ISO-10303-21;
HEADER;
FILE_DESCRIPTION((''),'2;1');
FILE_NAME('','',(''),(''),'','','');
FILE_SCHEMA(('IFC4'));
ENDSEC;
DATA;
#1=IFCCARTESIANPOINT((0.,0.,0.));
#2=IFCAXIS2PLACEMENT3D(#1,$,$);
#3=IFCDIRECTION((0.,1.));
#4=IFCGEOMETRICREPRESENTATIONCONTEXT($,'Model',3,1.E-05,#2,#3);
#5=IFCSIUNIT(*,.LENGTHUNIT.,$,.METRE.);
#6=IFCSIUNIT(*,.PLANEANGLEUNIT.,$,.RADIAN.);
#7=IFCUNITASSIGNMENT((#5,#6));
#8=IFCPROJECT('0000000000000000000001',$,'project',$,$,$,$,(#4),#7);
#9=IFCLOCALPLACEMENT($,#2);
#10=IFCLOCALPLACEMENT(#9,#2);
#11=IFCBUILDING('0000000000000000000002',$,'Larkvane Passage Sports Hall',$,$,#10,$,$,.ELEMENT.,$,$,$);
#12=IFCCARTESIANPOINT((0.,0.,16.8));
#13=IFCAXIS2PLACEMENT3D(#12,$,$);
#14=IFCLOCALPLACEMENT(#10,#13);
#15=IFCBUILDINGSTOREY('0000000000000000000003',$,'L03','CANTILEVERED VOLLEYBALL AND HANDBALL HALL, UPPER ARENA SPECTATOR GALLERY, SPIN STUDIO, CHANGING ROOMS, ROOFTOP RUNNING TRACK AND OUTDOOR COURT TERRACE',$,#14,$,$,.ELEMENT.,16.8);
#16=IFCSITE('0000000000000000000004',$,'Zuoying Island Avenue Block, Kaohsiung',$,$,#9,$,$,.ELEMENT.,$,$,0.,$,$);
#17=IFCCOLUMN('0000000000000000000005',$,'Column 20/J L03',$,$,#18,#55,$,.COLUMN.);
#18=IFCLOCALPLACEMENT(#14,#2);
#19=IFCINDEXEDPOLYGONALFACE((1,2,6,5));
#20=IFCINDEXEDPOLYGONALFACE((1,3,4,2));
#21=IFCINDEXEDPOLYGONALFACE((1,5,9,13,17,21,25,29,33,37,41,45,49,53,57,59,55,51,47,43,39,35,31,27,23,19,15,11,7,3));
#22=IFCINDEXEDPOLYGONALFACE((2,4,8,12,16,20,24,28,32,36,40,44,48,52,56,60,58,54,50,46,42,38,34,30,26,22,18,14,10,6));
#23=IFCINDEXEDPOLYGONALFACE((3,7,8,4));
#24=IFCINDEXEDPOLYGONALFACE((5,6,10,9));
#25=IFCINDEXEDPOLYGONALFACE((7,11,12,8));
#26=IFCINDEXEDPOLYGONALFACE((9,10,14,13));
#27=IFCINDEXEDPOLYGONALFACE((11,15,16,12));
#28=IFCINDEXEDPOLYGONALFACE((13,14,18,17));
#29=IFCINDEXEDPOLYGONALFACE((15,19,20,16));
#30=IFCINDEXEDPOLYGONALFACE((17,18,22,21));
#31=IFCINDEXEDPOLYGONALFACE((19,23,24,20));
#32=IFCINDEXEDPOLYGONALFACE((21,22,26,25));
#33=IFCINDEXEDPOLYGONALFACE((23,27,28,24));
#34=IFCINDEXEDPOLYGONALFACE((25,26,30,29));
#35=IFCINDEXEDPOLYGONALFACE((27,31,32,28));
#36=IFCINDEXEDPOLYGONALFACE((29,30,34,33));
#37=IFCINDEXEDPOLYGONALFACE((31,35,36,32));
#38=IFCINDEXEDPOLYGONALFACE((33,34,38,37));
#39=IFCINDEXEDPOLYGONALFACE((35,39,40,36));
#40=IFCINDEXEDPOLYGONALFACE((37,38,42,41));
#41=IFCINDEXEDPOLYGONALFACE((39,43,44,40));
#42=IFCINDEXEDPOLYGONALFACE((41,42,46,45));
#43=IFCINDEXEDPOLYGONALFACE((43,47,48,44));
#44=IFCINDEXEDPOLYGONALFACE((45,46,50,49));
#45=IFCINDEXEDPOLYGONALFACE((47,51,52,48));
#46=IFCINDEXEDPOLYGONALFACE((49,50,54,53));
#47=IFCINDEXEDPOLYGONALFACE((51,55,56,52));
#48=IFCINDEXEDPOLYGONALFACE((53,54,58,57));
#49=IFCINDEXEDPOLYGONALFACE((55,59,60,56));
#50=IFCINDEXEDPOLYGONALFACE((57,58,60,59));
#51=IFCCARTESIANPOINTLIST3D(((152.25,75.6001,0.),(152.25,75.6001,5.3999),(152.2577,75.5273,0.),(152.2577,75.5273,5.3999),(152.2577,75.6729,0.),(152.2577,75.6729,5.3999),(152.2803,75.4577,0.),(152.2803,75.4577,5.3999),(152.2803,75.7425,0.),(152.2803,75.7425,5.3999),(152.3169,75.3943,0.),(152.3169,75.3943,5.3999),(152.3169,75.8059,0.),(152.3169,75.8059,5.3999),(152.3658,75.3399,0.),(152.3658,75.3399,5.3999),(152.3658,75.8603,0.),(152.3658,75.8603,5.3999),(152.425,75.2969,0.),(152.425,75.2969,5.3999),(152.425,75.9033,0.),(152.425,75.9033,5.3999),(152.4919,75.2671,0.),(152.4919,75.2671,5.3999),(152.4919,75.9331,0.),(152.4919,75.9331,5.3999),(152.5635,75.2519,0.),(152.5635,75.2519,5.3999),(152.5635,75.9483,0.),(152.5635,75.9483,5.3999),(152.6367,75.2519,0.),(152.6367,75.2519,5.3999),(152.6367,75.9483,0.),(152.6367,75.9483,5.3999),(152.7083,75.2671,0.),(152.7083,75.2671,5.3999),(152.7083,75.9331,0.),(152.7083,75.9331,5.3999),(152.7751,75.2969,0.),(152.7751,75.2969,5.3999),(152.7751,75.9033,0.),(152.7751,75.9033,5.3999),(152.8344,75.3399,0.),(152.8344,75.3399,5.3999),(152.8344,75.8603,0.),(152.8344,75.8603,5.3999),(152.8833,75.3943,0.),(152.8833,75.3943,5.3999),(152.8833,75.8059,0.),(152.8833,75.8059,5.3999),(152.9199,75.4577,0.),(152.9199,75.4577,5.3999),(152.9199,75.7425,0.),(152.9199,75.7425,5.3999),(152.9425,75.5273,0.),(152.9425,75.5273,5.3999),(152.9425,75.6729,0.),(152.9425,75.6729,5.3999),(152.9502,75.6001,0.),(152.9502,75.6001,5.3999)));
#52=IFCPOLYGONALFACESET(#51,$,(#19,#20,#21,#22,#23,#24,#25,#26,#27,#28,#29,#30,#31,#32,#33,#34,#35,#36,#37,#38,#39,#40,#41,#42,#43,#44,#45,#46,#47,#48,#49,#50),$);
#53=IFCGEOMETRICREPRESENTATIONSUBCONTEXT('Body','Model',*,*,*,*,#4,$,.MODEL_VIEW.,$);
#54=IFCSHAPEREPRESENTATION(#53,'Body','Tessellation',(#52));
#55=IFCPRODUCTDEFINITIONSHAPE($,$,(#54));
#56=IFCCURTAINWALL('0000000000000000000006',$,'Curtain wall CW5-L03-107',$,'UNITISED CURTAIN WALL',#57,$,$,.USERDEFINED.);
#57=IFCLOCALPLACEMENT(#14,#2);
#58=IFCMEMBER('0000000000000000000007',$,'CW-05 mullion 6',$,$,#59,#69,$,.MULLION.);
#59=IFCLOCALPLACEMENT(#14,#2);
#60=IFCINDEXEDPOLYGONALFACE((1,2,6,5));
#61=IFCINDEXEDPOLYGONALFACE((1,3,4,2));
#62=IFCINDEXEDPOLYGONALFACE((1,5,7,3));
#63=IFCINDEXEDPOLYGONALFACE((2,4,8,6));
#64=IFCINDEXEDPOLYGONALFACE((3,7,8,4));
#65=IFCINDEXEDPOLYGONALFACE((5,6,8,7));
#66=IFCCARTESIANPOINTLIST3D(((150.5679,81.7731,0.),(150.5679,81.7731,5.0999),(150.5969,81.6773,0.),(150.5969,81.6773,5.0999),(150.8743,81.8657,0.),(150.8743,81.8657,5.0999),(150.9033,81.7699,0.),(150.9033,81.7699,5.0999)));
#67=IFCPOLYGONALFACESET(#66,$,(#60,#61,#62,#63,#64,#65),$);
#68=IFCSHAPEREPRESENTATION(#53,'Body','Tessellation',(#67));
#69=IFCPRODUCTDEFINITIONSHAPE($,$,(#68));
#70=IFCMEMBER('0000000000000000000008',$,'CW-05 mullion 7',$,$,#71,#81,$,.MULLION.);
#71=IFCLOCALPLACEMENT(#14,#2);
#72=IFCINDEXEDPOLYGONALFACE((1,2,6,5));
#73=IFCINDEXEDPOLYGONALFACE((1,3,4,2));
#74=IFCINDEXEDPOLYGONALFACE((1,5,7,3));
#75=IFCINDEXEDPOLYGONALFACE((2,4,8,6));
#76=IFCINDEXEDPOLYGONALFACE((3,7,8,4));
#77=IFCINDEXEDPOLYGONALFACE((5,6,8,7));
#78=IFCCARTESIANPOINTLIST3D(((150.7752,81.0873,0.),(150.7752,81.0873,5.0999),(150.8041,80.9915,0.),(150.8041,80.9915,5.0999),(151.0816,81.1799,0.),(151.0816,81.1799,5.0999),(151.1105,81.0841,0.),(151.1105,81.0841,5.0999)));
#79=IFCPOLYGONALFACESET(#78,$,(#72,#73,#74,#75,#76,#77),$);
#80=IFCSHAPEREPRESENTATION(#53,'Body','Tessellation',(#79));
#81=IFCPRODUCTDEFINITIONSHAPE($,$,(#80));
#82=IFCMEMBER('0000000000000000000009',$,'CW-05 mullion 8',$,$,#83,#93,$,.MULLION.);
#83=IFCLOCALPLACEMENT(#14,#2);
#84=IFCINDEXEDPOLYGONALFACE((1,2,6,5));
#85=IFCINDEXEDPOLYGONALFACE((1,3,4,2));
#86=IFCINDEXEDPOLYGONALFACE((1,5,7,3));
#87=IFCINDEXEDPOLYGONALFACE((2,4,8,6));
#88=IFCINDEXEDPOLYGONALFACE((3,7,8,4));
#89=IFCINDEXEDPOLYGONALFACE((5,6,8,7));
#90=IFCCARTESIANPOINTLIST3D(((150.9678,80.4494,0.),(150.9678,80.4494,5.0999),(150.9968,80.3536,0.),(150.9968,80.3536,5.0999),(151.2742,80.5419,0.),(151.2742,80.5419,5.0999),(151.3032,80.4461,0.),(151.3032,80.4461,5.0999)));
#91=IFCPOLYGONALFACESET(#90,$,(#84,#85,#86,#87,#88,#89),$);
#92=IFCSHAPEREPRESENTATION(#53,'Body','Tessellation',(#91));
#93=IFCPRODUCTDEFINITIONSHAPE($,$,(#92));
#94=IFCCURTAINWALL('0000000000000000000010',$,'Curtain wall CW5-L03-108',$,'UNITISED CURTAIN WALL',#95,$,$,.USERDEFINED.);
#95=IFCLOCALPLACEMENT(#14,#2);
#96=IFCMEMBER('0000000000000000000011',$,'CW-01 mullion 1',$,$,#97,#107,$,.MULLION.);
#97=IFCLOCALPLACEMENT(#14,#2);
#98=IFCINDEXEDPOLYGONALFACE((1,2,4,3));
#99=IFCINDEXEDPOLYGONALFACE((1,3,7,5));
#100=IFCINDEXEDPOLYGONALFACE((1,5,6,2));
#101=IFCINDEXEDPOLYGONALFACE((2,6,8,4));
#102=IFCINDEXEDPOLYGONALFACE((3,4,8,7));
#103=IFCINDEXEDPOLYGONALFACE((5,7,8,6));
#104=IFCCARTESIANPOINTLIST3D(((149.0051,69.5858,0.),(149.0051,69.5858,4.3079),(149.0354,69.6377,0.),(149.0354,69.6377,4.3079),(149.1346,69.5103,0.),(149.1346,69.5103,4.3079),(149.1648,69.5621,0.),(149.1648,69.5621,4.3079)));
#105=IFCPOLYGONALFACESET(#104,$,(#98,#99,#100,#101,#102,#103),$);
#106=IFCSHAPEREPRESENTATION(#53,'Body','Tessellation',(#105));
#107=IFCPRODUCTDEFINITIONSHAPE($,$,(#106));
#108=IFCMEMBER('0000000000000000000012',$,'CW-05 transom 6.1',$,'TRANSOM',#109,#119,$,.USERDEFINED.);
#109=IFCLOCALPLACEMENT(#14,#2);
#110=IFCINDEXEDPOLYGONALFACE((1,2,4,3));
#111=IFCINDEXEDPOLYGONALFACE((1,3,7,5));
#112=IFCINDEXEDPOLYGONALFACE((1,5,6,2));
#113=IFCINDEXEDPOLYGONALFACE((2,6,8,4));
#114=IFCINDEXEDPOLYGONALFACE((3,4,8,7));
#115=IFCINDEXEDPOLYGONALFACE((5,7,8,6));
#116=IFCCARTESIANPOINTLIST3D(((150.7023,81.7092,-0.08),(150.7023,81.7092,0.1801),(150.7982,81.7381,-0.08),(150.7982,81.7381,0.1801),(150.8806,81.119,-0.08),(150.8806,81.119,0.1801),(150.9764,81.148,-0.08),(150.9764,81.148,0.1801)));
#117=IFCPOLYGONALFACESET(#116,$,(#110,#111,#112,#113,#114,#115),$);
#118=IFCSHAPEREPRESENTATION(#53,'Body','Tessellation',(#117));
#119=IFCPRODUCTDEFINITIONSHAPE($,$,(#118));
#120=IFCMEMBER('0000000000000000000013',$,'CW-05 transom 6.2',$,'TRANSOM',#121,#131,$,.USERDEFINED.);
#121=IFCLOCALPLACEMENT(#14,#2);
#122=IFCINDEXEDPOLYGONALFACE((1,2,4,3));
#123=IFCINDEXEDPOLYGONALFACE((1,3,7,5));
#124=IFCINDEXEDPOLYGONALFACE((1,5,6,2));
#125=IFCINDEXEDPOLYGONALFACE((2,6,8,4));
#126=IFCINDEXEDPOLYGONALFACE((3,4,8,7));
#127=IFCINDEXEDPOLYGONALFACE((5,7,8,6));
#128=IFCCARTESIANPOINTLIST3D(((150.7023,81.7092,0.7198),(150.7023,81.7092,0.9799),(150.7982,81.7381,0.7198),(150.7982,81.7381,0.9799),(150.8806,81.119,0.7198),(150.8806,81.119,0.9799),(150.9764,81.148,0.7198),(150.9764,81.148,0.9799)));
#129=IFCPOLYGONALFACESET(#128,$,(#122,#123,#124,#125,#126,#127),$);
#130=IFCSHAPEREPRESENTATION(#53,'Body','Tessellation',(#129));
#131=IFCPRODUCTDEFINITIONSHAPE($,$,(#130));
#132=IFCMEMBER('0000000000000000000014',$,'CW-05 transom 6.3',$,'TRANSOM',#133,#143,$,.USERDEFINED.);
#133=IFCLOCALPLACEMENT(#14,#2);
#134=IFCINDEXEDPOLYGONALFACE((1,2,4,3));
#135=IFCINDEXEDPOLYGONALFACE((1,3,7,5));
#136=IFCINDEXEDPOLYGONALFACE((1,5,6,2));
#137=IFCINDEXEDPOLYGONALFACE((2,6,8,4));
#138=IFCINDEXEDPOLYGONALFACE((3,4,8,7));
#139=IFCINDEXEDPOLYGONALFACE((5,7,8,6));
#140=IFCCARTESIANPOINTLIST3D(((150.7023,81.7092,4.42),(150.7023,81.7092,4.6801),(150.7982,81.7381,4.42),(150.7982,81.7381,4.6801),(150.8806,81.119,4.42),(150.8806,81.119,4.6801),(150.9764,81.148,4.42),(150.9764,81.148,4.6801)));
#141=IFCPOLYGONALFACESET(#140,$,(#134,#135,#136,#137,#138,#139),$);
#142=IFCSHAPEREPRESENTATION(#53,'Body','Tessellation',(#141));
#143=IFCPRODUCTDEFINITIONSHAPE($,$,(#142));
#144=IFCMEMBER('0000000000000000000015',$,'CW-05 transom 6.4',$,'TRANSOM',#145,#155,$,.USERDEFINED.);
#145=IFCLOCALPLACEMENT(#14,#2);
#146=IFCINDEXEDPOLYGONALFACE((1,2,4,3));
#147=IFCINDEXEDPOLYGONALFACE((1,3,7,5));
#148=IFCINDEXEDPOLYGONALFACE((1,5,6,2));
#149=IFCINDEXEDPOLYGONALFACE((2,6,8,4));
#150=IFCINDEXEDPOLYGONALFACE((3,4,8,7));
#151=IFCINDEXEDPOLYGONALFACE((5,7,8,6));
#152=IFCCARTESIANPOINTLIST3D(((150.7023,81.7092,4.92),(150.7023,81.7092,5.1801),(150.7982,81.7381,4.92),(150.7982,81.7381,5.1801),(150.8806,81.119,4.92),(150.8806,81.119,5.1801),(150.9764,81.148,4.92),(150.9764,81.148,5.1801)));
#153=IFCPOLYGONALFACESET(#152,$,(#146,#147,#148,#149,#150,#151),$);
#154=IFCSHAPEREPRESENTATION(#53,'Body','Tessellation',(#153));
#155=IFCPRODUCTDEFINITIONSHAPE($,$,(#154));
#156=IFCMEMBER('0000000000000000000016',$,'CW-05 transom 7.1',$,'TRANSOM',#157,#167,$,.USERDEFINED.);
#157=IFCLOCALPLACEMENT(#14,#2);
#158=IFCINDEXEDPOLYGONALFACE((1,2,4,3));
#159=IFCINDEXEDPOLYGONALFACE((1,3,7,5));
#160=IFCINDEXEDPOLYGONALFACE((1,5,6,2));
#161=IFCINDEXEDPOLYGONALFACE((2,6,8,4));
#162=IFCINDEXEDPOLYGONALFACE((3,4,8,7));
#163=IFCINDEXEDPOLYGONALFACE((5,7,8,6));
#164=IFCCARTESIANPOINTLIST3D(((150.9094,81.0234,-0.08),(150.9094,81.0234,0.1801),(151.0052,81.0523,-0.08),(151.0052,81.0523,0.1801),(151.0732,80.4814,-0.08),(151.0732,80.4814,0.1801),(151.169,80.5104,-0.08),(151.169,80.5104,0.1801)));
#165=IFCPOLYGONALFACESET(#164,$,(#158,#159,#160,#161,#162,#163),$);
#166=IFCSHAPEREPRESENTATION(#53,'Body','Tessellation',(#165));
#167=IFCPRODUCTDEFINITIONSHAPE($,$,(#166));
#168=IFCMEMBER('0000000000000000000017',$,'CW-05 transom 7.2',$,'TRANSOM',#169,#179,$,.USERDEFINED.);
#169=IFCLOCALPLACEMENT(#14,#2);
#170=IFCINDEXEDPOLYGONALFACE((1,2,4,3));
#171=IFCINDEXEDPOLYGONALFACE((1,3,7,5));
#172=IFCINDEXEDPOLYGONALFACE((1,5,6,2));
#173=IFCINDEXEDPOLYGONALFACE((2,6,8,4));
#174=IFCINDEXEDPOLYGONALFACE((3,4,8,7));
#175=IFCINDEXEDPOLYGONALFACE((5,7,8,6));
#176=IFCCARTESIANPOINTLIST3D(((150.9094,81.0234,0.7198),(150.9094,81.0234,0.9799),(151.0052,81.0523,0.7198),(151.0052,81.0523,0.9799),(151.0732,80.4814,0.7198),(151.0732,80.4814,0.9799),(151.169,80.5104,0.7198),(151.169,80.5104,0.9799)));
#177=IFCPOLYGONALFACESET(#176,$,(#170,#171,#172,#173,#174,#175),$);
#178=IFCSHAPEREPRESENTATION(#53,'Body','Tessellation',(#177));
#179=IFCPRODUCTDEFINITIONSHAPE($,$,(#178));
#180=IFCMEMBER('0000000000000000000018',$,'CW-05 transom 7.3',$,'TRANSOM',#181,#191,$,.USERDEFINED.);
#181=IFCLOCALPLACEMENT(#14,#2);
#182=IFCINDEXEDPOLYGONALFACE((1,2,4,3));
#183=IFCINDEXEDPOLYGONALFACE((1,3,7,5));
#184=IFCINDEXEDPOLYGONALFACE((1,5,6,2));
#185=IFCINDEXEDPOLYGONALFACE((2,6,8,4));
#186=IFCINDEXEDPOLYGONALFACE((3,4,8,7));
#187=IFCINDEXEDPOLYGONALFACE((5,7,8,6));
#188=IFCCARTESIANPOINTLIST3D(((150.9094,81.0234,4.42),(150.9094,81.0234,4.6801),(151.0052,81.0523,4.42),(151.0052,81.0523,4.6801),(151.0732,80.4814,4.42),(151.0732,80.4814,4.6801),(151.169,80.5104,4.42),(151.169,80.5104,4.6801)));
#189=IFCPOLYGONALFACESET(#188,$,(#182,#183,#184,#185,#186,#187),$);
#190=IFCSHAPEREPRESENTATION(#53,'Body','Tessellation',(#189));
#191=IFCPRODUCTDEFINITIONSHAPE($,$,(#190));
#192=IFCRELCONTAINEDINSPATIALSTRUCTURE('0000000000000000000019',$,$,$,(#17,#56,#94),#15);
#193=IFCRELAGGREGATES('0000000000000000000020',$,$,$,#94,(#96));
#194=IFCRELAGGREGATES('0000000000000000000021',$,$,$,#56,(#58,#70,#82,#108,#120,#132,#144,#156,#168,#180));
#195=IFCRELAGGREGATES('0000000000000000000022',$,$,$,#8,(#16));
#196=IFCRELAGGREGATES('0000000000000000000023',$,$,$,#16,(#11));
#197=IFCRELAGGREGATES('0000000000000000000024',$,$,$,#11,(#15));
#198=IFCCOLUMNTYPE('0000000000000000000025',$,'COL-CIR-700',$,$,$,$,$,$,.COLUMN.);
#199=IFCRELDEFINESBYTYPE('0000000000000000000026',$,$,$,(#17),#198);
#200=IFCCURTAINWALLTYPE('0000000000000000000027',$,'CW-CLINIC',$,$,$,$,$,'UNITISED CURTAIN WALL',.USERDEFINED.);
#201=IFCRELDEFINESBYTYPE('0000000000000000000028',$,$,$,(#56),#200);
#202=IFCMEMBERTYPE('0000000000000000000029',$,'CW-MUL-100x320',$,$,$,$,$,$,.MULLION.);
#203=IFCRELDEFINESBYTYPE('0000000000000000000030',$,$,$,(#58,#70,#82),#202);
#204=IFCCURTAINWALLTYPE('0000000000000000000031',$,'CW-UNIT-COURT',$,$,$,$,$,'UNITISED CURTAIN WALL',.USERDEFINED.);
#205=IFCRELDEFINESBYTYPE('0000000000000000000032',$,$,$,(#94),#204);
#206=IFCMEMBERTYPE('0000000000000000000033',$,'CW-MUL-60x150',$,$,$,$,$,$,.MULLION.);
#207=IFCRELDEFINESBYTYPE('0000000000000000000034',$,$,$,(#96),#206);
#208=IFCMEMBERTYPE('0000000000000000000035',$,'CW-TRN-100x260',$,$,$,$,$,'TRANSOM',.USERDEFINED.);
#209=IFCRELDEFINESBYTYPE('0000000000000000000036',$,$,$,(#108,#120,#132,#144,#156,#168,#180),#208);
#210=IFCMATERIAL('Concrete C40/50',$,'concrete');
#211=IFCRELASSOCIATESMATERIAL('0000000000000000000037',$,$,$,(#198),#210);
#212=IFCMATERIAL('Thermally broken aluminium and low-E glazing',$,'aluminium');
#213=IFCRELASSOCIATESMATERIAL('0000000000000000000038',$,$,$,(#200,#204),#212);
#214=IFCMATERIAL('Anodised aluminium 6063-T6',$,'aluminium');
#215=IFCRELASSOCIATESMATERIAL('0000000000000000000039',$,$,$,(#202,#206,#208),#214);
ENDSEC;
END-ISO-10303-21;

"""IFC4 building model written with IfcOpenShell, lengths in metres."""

from ifc_helpers import new_model, si_unit, direction, frame, origin, origin_2d, place, context, subcontext, project, spatial, rectangle, circle, extrude, material, material_profile, profile_set, type_object, element, aggregate, save


model = new_model("IFC4")

# Units and contexts
model_context = context("Model", 3, precision=1e-05, world=origin(), true_north=direction((0.0, 1.0)))
body_context = subcontext(model_context, "Body", "Model", "MODEL_VIEW")
ifc_project = project(units=[si_unit("LENGTHUNIT", "METRE"), si_unit("PLANEANGLEUNIT", "RADIAN")], contexts=[model_context])

# Site, building, storey
site_placement = place(None, origin())
site = spatial("IfcSite", under=ifc_project, at=site_placement, Name="Zuoying Island Avenue Block, Kaohsiung", CompositionType="ELEMENT", RefElevation=0.0)
building_placement = place(site_placement, origin())
building = spatial("IfcBuilding", under=site, at=building_placement, Name="Larkvane Passage Sports Hall", CompositionType="ELEMENT")
storey_placement = place(building_placement, frame((0.0, 0.0, 16.8)))
storey = spatial("IfcBuildingStorey", under=building, at=storey_placement, Name="L03", Description="CANTILEVERED VOLLEYBALL AND HANDBALL HALL, UPPER ARENA SPECTATOR GALLERY, SPIN STUDIO, CHANGING ROOMS, ROOFTOP RUNNING TRACK AND OUTDOOR COURT TERRACE", CompositionType="ELEMENT", Elevation=16.8)

# Column
ifc_material_1 = material(Name="Concrete C40/50", Category="concrete")
ifc_material_profile_1 = material_profile(ifc_material_1, circle(Radius=0.3501, at=origin_2d()), Name="RC-CIR-700")
ifc_profile_set_1 = profile_set([ifc_material_profile_1], Name="Concrete C40/50")
column_type = type_object("IfcColumnType", Name="COL-CIR-700", PredefinedType="COLUMN", material=ifc_profile_set_1)
column_placement = place(storey_placement, frame((152.6001, 75.6001, 0.0), z_axis=(0.0, 0.0, 1.0), x_axis=(1.0, 0.0, 0.0)))
element("IfcColumn", 1, at=column_placement, inside=storey, type_object=column_type, Name="Column 20/J L03", PredefinedType="COLUMN", context=body_context, shape_type="SweptSolid", body=[
    extrude(circle(Radius=0.3501, at=origin_2d()), origin(), (0.0, 0.0, 1.0), 5.3999),
])

# Curtain wall, members
ifc_material_2 = material(Name="Thermally broken aluminium and low-E glazing", Category="aluminium")
curtain_wall_type_1 = type_object("IfcCurtainWallType", Name="CW-CLINIC", ElementType="UNITISED CURTAIN WALL", PredefinedType="USERDEFINED", material=ifc_material_2)
curtain_wall_1_placement = place(storey_placement, origin())
curtain_wall_1 = element("IfcCurtainWall", 2, at=curtain_wall_1_placement, inside=storey, type_object=curtain_wall_type_1, Name="Curtain wall CW5-L03-107", ObjectType="UNITISED CURTAIN WALL", PredefinedType="USERDEFINED")
ifc_material_3 = material(Name="Anodised aluminium 6063-T6", Category="aluminium")
ifc_material_profile_2 = material_profile(ifc_material_3, rectangle(XDim=0.1001, YDim=0.3201, at=origin_2d()), Name="ALU-MUL-100x320")
ifc_profile_set_2 = profile_set([ifc_material_profile_2], Name="Anodised aluminium 6063-T6")
member_type_1 = type_object("IfcMemberType", Name="CW-MUL-100x320", PredefinedType="MULLION", material=ifc_profile_set_2)
member_1_placement = place(storey_placement, frame((150.7356, 81.7715, 0.0), z_axis=(0.0, 0.0, 1.0), x_axis=(0.289177, -0.957276, 0.0)))
member_1 = element("IfcMember", 3, at=member_1_placement, type_object=member_type_1, Name="CW-05 mullion 6", PredefinedType="MULLION", context=body_context, shape_type="SweptSolid", body=[
    extrude(rectangle(XDim=0.1001, YDim=0.3201, at=origin_2d()), origin(), (0.0, 0.0, 1.0), 5.0999),
])
member_2_placement = place(storey_placement, frame((150.9429, 81.0857, 0.0), z_axis=(0.0, 0.0, 1.0), x_axis=(0.289177, -0.957276, 0.0)))
member_2 = element("IfcMember", 4, at=member_2_placement, type_object=member_type_1, Name="CW-05 mullion 7", PredefinedType="MULLION", context=body_context, shape_type="SweptSolid", body=[
    extrude(rectangle(XDim=0.1001, YDim=0.3201, at=origin_2d()), origin(), (0.0, 0.0, 1.0), 5.0999),
])
member_3_placement = place(storey_placement, frame((151.1355, 80.4478, 0.0), z_axis=(0.0, 0.0, 1.0), x_axis=(0.289177, -0.957276, 0.0)))
member_3 = element("IfcMember", 5, at=member_3_placement, type_object=member_type_1, Name="CW-05 mullion 8", PredefinedType="MULLION", context=body_context, shape_type="SweptSolid", body=[
    extrude(rectangle(XDim=0.1001, YDim=0.3201, at=origin_2d()), origin(), (0.0, 0.0, 1.0), 5.0999),
])

# Curtain wall, member
curtain_wall_type_2 = type_object("IfcCurtainWallType", Name="CW-UNIT-COURT", ElementType="UNITISED CURTAIN WALL", PredefinedType="USERDEFINED", material=ifc_material_2)
curtain_wall_2_placement = place(storey_placement, origin())
curtain_wall_2 = element("IfcCurtainWall", 6, at=curtain_wall_2_placement, inside=storey, type_object=curtain_wall_type_2, Name="Curtain wall CW5-L03-108", ObjectType="UNITISED CURTAIN WALL", PredefinedType="USERDEFINED")
ifc_material_profile_3 = material_profile(ifc_material_3, rectangle(XDim=0.0601, YDim=0.1499, at=origin_2d()), Name="ALU-MUL-60x150")
ifc_profile_set_3 = profile_set([ifc_material_profile_3], Name="Anodised aluminium 6063-T6")
member_type_2 = type_object("IfcMemberType", Name="CW-MUL-60x150", PredefinedType="MULLION", material=ifc_profile_set_3)
member_4_placement = place(storey_placement, frame((149.085, 69.574, 0.0), z_axis=(0.0, 0.0, 1.0), x_axis=(-0.503867, -0.863781, 0.0)))
member_4 = element("IfcMember", 7, at=member_4_placement, type_object=member_type_2, Name="CW-01 mullion 1", PredefinedType="MULLION", context=body_context, shape_type="SweptSolid", body=[
    extrude(rectangle(XDim=0.0601, YDim=0.1499, at=origin_2d()), origin(), (0.0, 0.0, 1.0), 4.3079),
])

# Members
ifc_material_profile_4 = material_profile(ifc_material_3, rectangle(XDim=0.1001, YDim=0.26, at=origin_2d()), Name="ALU-TRN-100x260")
ifc_profile_set_4 = profile_set([ifc_material_profile_4], Name="Anodised aluminium 6063-T6")
member_type_3 = type_object("IfcMemberType", Name="CW-TRN-100x260", ElementType="TRANSOM", PredefinedType="USERDEFINED", material=ifc_profile_set_4)
member_5_placement = place(storey_placement, frame((150.7502, 81.7236, 0.05), z_axis=(0.289128, -0.95729, 0.0), x_axis=(0.95729, 0.289128, 0.0)))
member_5 = element("IfcMember", 8, at=member_5_placement, type_object=member_type_3, Name="CW-05 transom 6.1", ObjectType="TRANSOM", PredefinedType="USERDEFINED", context=body_context, shape_type="SweptSolid", body=[
    extrude(rectangle(XDim=0.1001, YDim=0.26, at=origin_2d()), origin(), (0.0, 0.0, 1.0), 0.6165),
])
member_6_placement = place(storey_placement, frame((150.7502, 81.7236, 0.8499), z_axis=(0.289128, -0.95729, 0.0), x_axis=(0.95729, 0.289128, 0.0)))
member_6 = element("IfcMember", 9, at=member_6_placement, type_object=member_type_3, Name="CW-05 transom 6.2", ObjectType="TRANSOM", PredefinedType="USERDEFINED", context=body_context, shape_type="SweptSolid", body=[
    extrude(rectangle(XDim=0.1001, YDim=0.26, at=origin_2d()), origin(), (0.0, 0.0, 1.0), 0.6165),
])
member_7_placement = place(storey_placement, frame((150.7502, 81.7236, 4.55), z_axis=(0.289128, -0.95729, 0.0), x_axis=(0.95729, 0.289128, 0.0)))
member_7 = element("IfcMember", 10, at=member_7_placement, type_object=member_type_3, Name="CW-05 transom 6.3", ObjectType="TRANSOM", PredefinedType="USERDEFINED", context=body_context, shape_type="SweptSolid", body=[
    extrude(rectangle(XDim=0.1001, YDim=0.26, at=origin_2d()), origin(), (0.0, 0.0, 1.0), 0.6165),
])
member_8_placement = place(storey_placement, frame((150.7502, 81.7236, 5.05), z_axis=(0.289128, -0.95729, 0.0), x_axis=(0.95729, 0.289128, 0.0)))
member_8 = element("IfcMember", 11, at=member_8_placement, type_object=member_type_3, Name="CW-05 transom 6.4", ObjectType="TRANSOM", PredefinedType="USERDEFINED", context=body_context, shape_type="SweptSolid", body=[
    extrude(rectangle(XDim=0.1001, YDim=0.26, at=origin_2d()), origin(), (0.0, 0.0, 1.0), 0.6165),
])
member_9_placement = place(storey_placement, frame((150.9573, 81.0378, 0.05), z_axis=(0.289325, -0.957231, 0.0), x_axis=(0.957231, 0.289325, 0.0)))
member_9 = element("IfcMember", 12, at=member_9_placement, type_object=member_type_3, Name="CW-05 transom 7.1", ObjectType="TRANSOM", PredefinedType="USERDEFINED", context=body_context, shape_type="SweptSolid", body=[
    extrude(rectangle(XDim=0.1001, YDim=0.26, at=origin_2d()), origin(), (0.0, 0.0, 1.0), 0.5662),
])
member_10_placement = place(storey_placement, frame((150.9573, 81.0378, 0.8499), z_axis=(0.289325, -0.957231, 0.0), x_axis=(0.957231, 0.289325, 0.0)))
member_10 = element("IfcMember", 13, at=member_10_placement, type_object=member_type_3, Name="CW-05 transom 7.2", ObjectType="TRANSOM", PredefinedType="USERDEFINED", context=body_context, shape_type="SweptSolid", body=[
    extrude(rectangle(XDim=0.1001, YDim=0.26, at=origin_2d()), origin(), (0.0, 0.0, 1.0), 0.5662),
])
member_11_placement = place(storey_placement, frame((150.9573, 81.0378, 4.55), z_axis=(0.289325, -0.957231, 0.0), x_axis=(0.957231, 0.289325, 0.0)))
member_11 = element("IfcMember", 14, at=member_11_placement, type_object=member_type_3, Name="CW-05 transom 7.3", ObjectType="TRANSOM", PredefinedType="USERDEFINED", context=body_context, shape_type="SweptSolid", body=[
    extrude(rectangle(XDim=0.1001, YDim=0.26, at=origin_2d()), origin(), (0.0, 0.0, 1.0), 0.5662),
])

aggregate(curtain_wall_2, [member_4])
aggregate(curtain_wall_1, [member_1, member_2, member_3, member_5, member_6, member_7, member_8, member_9, member_10, member_11])

save(model, "model.ifc")
